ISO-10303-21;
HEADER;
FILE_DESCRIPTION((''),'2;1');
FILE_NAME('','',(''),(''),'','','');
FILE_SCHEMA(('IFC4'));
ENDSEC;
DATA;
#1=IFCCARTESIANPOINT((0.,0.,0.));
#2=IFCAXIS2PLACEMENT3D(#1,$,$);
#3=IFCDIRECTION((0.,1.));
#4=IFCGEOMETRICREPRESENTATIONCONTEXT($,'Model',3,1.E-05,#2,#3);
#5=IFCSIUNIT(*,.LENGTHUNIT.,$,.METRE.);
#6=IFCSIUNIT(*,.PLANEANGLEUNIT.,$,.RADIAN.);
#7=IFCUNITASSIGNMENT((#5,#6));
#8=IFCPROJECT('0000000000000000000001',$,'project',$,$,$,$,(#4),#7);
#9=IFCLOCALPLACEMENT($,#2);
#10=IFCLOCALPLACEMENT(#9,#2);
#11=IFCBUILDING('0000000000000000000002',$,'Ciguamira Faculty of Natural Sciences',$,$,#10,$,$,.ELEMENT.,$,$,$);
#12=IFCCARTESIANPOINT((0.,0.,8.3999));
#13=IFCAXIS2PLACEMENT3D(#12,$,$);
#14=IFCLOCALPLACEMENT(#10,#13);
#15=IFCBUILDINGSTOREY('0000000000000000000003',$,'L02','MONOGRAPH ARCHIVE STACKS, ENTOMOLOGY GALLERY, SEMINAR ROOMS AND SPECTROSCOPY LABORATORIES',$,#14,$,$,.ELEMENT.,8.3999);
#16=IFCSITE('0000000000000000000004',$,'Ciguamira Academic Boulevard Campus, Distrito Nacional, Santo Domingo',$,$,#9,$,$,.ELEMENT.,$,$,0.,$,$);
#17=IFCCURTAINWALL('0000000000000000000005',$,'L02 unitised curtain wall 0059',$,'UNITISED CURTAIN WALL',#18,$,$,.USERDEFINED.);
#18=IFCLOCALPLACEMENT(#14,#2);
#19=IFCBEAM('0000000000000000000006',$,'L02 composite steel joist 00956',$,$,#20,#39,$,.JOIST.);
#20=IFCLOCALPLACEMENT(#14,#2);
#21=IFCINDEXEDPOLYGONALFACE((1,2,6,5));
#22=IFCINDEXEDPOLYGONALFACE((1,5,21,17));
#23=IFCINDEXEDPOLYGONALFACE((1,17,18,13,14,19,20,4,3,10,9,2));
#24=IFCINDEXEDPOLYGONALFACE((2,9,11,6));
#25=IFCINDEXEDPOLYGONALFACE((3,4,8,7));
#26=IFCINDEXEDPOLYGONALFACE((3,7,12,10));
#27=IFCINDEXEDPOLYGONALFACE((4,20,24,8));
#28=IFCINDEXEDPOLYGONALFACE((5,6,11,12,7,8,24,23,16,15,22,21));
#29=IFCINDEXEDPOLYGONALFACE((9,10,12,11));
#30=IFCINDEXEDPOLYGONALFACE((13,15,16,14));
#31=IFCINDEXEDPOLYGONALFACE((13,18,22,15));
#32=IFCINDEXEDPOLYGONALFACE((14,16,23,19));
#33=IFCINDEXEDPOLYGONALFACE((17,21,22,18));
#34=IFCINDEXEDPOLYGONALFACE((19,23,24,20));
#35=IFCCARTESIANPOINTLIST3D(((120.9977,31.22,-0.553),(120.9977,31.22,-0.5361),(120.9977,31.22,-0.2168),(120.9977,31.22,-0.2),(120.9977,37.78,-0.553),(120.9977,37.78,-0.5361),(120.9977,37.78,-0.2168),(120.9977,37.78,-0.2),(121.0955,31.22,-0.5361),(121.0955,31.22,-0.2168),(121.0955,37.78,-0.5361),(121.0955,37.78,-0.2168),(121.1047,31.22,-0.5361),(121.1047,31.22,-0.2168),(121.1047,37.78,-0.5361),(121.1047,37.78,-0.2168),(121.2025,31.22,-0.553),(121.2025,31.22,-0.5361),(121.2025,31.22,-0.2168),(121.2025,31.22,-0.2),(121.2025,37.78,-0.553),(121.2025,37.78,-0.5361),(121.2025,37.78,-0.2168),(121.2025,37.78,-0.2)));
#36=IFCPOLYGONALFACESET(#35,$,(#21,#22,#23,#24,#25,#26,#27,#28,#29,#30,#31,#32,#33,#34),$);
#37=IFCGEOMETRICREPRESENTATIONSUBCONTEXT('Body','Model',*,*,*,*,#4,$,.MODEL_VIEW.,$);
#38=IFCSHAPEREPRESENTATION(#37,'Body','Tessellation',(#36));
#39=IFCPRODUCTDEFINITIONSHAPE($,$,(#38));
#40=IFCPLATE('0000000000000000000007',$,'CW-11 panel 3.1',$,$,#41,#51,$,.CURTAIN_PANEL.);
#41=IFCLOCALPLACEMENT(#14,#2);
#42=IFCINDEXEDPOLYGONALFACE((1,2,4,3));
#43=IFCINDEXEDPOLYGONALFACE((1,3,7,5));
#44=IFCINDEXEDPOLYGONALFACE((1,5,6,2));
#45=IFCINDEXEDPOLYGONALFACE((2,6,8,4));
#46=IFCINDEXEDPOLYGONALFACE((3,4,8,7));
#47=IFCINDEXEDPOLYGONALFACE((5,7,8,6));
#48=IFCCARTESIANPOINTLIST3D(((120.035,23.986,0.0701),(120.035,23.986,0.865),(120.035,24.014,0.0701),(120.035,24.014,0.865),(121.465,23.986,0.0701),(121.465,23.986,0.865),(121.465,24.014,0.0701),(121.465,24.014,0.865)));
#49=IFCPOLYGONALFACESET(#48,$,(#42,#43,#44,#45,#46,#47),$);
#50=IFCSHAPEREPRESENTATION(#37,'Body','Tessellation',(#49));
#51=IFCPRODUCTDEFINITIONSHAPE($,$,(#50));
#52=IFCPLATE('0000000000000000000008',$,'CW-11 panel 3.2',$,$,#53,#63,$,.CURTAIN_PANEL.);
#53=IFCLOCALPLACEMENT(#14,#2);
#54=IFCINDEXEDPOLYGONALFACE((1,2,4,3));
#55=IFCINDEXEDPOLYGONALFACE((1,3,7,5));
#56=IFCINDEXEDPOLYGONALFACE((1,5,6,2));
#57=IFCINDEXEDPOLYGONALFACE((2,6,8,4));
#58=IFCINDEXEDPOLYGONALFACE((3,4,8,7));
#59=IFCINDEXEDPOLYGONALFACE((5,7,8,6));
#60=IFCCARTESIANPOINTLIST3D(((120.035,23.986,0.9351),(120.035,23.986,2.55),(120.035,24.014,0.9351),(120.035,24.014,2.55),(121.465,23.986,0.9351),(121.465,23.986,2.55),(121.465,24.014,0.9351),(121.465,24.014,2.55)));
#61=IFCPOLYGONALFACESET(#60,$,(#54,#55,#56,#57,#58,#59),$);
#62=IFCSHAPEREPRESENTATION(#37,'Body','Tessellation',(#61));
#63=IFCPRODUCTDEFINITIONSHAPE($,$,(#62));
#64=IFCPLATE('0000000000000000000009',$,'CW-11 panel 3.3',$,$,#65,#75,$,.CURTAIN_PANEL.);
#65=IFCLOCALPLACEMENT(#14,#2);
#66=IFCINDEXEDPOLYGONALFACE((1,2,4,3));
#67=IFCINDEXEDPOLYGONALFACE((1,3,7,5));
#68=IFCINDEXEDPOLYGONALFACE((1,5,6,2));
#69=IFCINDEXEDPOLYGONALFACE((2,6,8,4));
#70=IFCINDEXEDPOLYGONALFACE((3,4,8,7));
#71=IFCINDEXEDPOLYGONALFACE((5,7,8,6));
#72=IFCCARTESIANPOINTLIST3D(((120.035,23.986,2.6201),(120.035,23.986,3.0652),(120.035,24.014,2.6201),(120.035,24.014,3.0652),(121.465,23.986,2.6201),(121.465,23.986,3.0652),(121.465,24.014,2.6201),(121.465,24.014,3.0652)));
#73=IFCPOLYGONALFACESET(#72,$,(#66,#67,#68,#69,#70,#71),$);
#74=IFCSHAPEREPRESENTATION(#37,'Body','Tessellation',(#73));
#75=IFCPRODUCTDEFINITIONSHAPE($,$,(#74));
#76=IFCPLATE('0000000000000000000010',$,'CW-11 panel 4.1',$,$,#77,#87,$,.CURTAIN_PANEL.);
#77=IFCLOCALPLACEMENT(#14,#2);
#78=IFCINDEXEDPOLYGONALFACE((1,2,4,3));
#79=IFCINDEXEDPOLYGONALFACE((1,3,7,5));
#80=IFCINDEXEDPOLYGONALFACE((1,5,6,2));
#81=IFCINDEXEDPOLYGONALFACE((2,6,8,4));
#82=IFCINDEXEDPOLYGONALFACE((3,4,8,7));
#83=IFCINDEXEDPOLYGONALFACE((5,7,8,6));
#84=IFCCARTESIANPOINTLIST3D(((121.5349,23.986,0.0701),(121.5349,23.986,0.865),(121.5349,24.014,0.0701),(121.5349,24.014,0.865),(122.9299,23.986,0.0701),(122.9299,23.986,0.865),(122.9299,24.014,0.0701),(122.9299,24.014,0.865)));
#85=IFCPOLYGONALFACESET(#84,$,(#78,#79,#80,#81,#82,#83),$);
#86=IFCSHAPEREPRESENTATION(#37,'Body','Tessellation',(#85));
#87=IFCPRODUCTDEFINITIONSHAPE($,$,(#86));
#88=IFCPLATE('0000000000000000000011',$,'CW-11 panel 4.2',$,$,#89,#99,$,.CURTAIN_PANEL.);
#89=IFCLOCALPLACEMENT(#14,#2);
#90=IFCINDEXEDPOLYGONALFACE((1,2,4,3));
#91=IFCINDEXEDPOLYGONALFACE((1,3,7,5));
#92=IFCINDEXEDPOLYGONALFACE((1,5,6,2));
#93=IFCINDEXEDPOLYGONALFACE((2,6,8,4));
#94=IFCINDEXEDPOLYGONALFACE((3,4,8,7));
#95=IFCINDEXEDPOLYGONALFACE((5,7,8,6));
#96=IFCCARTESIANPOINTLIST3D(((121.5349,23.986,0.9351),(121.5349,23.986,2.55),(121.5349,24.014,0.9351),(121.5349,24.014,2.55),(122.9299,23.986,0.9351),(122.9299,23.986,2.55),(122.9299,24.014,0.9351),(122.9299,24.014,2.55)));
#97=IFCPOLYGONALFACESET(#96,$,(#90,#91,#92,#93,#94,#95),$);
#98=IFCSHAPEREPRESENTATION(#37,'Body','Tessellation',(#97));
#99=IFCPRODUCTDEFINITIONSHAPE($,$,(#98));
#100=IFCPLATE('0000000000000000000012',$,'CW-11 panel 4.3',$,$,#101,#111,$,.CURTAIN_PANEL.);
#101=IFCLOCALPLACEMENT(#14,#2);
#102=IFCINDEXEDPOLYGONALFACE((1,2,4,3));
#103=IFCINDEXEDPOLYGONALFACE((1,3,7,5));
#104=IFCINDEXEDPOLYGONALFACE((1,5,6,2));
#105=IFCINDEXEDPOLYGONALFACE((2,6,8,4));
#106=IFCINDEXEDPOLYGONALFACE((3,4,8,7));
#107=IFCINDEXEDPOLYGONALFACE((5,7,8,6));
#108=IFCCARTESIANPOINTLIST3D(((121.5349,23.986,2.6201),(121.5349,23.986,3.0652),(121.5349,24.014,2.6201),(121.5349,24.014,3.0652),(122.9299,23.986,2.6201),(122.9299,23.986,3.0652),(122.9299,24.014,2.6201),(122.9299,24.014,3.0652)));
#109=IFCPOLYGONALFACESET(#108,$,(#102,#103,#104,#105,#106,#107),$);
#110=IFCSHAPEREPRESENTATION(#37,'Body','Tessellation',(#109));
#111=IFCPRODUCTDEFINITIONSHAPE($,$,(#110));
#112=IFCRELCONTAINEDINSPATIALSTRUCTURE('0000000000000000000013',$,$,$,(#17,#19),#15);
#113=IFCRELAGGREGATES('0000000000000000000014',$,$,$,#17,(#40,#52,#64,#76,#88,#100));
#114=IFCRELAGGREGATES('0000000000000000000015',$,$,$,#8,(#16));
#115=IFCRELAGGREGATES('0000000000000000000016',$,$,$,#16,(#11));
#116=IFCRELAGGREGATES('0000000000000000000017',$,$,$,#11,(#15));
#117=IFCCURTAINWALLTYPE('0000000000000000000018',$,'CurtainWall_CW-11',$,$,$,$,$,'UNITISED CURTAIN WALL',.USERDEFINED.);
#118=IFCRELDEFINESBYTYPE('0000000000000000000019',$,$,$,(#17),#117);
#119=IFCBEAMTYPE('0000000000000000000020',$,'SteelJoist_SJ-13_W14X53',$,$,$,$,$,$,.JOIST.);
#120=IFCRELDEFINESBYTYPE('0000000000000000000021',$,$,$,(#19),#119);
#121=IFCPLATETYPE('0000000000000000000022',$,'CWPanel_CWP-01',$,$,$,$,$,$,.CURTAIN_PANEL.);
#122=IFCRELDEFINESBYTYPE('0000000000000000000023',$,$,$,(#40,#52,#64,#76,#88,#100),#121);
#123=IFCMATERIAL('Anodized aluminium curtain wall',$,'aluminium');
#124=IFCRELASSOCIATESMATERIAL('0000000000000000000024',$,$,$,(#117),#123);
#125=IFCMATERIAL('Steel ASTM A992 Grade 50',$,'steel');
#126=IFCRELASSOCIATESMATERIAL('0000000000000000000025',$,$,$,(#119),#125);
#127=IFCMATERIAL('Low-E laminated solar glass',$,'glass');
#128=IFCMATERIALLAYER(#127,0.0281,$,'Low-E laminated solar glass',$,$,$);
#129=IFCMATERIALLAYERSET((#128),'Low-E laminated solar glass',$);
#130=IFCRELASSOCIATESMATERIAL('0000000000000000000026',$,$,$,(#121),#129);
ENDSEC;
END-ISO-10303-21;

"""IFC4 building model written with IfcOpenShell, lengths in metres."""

from ifc_helpers import new_model, si_unit, direction, frame, origin, origin_2d, place, context, subcontext, project, spatial, rectangle, i_section, extrude, material, layer, layer_set, material_profile, profile_set, type_object, element, aggregate, save


model = new_model("IFC4")

# Units and contexts
model_context = context("Model", 3, precision=1e-05, world=origin(), true_north=direction((0.0, 1.0)))
body_context = subcontext(model_context, "Body", "Model", "MODEL_VIEW")
ifc_project = project(units=[si_unit("LENGTHUNIT", "METRE"), si_unit("PLANEANGLEUNIT", "RADIAN")], contexts=[model_context])

# Site, building, storey
site_placement = place(None, origin())
site = spatial("IfcSite", under=ifc_project, at=site_placement, Name="Ciguamira Academic Boulevard Campus, Distrito Nacional, Santo Domingo", CompositionType="ELEMENT", RefElevation=0.0)
building_placement = place(site_placement, origin())
building = spatial("IfcBuilding", under=site, at=building_placement, Name="Ciguamira Faculty of Natural Sciences", CompositionType="ELEMENT")
storey_placement = place(building_placement, frame((0.0, 0.0, 8.3999)))
storey = spatial("IfcBuildingStorey", under=building, at=storey_placement, Name="L02", Description="MONOGRAPH ARCHIVE STACKS, ENTOMOLOGY GALLERY, SEMINAR ROOMS AND SPECTROSCOPY LABORATORIES", CompositionType="ELEMENT", Elevation=8.3999)

# Curtain wall
ifc_material_1 = material(Name="Anodized aluminium curtain wall", Category="aluminium")
curtain_wall_type_1 = type_object("IfcCurtainWallType", Name="CurtainWall_CW-11", ElementType="UNITISED CURTAIN WALL", PredefinedType="USERDEFINED", material=ifc_material_1)
curtain_wall_1_placement = place(storey_placement, origin())
curtain_wall_1 = element("IfcCurtainWall", 1, at=curtain_wall_1_placement, inside=storey, type_object=curtain_wall_type_1, Name="L02 unitised curtain wall 0059", ObjectType="UNITISED CURTAIN WALL", PredefinedType="USERDEFINED")

# Beam
ifc_material_2 = material(Name="Steel ASTM A992 Grade 50", Category="steel")
ifc_material_profile_1 = material_profile(ifc_material_2, i_section(OverallWidth=0.2048, OverallDepth=0.353, WebThickness=0.0093, FlangeThickness=0.0168, at=origin_2d()), Name="W14X53")
ifc_profile_set_1 = profile_set([ifc_material_profile_1], Name="Steel ASTM A992 Grade 50")
beam_type_1 = type_object("IfcBeamType", Name="SteelJoist_SJ-13_W14X53", PredefinedType="JOIST", material=ifc_profile_set_1)
beam_1_placement = place(storey_placement, frame((121.1001, 31.22, -0.3765), z_axis=(0.0, 1.0, 0.0), x_axis=(-1.0, 0.0, 0.0)))
element("IfcBeam", 2, at=beam_1_placement, inside=storey, type_object=beam_type_1, Name="L02 composite steel joist 00956", PredefinedType="JOIST", context=body_context, shape_type="SweptSolid", body=[
    extrude(i_section(OverallWidth=0.2048, OverallDepth=0.353, WebThickness=0.0093, FlangeThickness=0.0168, at=origin_2d()), origin(), (0.0, 0.0, 1.0), 6.5601),
])

# Plates
ifc_material_3 = material(Name="Low-E laminated solar glass", Category="glass")
ifc_layer = layer(ifc_material_3, 0.0281, Name="Low-E laminated solar glass")
ifc_layer_set = layer_set([ifc_layer], Name="Low-E laminated solar glass")
plate_type = type_object("IfcPlateType", Name="CWPanel_CWP-01", PredefinedType="CURTAIN_PANEL", material=ifc_layer_set)
plate_1_placement = place(storey_placement, frame((120.75, 24.0, 0.0701), z_axis=(0.0, 0.0, 1.0), x_axis=(1.0, 0.0, 0.0)))
plate_1 = element("IfcPlate", 3, at=plate_1_placement, type_object=plate_type, Name="CW-11 panel 3.1", PredefinedType="CURTAIN_PANEL", context=body_context, shape_type="SweptSolid", body=[
    extrude(rectangle(XDim=1.4299, YDim=0.0281, at=origin_2d()), origin(), (0.0, 0.0, 1.0), 0.7949),
])
plate_2_placement = place(storey_placement, frame((120.75, 24.0, 0.9351), z_axis=(0.0, 0.0, 1.0), x_axis=(1.0, 0.0, 0.0)))
plate_2 = element("IfcPlate", 4, at=plate_2_placement, type_object=plate_type, Name="CW-11 panel 3.2", PredefinedType="CURTAIN_PANEL", context=body_context, shape_type="SweptSolid", body=[
    extrude(rectangle(XDim=1.4299, YDim=0.0281, at=origin_2d()), origin(), (0.0, 0.0, 1.0), 1.615),
])
plate_3_placement = place(storey_placement, frame((120.75, 24.0, 2.6201), z_axis=(0.0, 0.0, 1.0), x_axis=(1.0, 0.0, 0.0)))
plate_3 = element("IfcPlate", 5, at=plate_3_placement, type_object=plate_type, Name="CW-11 panel 3.3", PredefinedType="CURTAIN_PANEL", context=body_context, shape_type="SweptSolid", body=[
    extrude(rectangle(XDim=1.4299, YDim=0.0281, at=origin_2d()), origin(), (0.0, 0.0, 1.0), 0.4451),
])
plate_4_placement = place(storey_placement, frame((122.2324, 24.0, 0.0701), z_axis=(0.0, 0.0, 1.0), x_axis=(1.0, 0.0, 0.0)))
plate_4 = element("IfcPlate", 6, at=plate_4_placement, type_object=plate_type, Name="CW-11 panel 4.1", PredefinedType="CURTAIN_PANEL", context=body_context, shape_type="SweptSolid", body=[
    extrude(rectangle(XDim=1.395, YDim=0.0281, at=origin_2d()), origin(), (0.0, 0.0, 1.0), 0.7949),
])
plate_5_placement = place(storey_placement, frame((122.2324, 24.0, 0.9351), z_axis=(0.0, 0.0, 1.0), x_axis=(1.0, 0.0, 0.0)))
plate_5 = element("IfcPlate", 7, at=plate_5_placement, type_object=plate_type, Name="CW-11 panel 4.2", PredefinedType="CURTAIN_PANEL", context=body_context, shape_type="SweptSolid", body=[
    extrude(rectangle(XDim=1.395, YDim=0.0281, at=origin_2d()), origin(), (0.0, 0.0, 1.0), 1.615),
])
plate_6_placement = place(storey_placement, frame((122.2324, 24.0, 2.6201), z_axis=(0.0, 0.0, 1.0), x_axis=(1.0, 0.0, 0.0)))
plate_6 = element("IfcPlate", 8, at=plate_6_placement, type_object=plate_type, Name="CW-11 panel 4.3", PredefinedType="CURTAIN_PANEL", context=body_context, shape_type="SweptSolid", body=[
    extrude(rectangle(XDim=1.395, YDim=0.0281, at=origin_2d()), origin(), (0.0, 0.0, 1.0), 0.4451),
])
aggregate(curtain_wall_1, [plate_1, plate_2, plate_3, plate_4, plate_5, plate_6])

save(model, "model.ifc")
